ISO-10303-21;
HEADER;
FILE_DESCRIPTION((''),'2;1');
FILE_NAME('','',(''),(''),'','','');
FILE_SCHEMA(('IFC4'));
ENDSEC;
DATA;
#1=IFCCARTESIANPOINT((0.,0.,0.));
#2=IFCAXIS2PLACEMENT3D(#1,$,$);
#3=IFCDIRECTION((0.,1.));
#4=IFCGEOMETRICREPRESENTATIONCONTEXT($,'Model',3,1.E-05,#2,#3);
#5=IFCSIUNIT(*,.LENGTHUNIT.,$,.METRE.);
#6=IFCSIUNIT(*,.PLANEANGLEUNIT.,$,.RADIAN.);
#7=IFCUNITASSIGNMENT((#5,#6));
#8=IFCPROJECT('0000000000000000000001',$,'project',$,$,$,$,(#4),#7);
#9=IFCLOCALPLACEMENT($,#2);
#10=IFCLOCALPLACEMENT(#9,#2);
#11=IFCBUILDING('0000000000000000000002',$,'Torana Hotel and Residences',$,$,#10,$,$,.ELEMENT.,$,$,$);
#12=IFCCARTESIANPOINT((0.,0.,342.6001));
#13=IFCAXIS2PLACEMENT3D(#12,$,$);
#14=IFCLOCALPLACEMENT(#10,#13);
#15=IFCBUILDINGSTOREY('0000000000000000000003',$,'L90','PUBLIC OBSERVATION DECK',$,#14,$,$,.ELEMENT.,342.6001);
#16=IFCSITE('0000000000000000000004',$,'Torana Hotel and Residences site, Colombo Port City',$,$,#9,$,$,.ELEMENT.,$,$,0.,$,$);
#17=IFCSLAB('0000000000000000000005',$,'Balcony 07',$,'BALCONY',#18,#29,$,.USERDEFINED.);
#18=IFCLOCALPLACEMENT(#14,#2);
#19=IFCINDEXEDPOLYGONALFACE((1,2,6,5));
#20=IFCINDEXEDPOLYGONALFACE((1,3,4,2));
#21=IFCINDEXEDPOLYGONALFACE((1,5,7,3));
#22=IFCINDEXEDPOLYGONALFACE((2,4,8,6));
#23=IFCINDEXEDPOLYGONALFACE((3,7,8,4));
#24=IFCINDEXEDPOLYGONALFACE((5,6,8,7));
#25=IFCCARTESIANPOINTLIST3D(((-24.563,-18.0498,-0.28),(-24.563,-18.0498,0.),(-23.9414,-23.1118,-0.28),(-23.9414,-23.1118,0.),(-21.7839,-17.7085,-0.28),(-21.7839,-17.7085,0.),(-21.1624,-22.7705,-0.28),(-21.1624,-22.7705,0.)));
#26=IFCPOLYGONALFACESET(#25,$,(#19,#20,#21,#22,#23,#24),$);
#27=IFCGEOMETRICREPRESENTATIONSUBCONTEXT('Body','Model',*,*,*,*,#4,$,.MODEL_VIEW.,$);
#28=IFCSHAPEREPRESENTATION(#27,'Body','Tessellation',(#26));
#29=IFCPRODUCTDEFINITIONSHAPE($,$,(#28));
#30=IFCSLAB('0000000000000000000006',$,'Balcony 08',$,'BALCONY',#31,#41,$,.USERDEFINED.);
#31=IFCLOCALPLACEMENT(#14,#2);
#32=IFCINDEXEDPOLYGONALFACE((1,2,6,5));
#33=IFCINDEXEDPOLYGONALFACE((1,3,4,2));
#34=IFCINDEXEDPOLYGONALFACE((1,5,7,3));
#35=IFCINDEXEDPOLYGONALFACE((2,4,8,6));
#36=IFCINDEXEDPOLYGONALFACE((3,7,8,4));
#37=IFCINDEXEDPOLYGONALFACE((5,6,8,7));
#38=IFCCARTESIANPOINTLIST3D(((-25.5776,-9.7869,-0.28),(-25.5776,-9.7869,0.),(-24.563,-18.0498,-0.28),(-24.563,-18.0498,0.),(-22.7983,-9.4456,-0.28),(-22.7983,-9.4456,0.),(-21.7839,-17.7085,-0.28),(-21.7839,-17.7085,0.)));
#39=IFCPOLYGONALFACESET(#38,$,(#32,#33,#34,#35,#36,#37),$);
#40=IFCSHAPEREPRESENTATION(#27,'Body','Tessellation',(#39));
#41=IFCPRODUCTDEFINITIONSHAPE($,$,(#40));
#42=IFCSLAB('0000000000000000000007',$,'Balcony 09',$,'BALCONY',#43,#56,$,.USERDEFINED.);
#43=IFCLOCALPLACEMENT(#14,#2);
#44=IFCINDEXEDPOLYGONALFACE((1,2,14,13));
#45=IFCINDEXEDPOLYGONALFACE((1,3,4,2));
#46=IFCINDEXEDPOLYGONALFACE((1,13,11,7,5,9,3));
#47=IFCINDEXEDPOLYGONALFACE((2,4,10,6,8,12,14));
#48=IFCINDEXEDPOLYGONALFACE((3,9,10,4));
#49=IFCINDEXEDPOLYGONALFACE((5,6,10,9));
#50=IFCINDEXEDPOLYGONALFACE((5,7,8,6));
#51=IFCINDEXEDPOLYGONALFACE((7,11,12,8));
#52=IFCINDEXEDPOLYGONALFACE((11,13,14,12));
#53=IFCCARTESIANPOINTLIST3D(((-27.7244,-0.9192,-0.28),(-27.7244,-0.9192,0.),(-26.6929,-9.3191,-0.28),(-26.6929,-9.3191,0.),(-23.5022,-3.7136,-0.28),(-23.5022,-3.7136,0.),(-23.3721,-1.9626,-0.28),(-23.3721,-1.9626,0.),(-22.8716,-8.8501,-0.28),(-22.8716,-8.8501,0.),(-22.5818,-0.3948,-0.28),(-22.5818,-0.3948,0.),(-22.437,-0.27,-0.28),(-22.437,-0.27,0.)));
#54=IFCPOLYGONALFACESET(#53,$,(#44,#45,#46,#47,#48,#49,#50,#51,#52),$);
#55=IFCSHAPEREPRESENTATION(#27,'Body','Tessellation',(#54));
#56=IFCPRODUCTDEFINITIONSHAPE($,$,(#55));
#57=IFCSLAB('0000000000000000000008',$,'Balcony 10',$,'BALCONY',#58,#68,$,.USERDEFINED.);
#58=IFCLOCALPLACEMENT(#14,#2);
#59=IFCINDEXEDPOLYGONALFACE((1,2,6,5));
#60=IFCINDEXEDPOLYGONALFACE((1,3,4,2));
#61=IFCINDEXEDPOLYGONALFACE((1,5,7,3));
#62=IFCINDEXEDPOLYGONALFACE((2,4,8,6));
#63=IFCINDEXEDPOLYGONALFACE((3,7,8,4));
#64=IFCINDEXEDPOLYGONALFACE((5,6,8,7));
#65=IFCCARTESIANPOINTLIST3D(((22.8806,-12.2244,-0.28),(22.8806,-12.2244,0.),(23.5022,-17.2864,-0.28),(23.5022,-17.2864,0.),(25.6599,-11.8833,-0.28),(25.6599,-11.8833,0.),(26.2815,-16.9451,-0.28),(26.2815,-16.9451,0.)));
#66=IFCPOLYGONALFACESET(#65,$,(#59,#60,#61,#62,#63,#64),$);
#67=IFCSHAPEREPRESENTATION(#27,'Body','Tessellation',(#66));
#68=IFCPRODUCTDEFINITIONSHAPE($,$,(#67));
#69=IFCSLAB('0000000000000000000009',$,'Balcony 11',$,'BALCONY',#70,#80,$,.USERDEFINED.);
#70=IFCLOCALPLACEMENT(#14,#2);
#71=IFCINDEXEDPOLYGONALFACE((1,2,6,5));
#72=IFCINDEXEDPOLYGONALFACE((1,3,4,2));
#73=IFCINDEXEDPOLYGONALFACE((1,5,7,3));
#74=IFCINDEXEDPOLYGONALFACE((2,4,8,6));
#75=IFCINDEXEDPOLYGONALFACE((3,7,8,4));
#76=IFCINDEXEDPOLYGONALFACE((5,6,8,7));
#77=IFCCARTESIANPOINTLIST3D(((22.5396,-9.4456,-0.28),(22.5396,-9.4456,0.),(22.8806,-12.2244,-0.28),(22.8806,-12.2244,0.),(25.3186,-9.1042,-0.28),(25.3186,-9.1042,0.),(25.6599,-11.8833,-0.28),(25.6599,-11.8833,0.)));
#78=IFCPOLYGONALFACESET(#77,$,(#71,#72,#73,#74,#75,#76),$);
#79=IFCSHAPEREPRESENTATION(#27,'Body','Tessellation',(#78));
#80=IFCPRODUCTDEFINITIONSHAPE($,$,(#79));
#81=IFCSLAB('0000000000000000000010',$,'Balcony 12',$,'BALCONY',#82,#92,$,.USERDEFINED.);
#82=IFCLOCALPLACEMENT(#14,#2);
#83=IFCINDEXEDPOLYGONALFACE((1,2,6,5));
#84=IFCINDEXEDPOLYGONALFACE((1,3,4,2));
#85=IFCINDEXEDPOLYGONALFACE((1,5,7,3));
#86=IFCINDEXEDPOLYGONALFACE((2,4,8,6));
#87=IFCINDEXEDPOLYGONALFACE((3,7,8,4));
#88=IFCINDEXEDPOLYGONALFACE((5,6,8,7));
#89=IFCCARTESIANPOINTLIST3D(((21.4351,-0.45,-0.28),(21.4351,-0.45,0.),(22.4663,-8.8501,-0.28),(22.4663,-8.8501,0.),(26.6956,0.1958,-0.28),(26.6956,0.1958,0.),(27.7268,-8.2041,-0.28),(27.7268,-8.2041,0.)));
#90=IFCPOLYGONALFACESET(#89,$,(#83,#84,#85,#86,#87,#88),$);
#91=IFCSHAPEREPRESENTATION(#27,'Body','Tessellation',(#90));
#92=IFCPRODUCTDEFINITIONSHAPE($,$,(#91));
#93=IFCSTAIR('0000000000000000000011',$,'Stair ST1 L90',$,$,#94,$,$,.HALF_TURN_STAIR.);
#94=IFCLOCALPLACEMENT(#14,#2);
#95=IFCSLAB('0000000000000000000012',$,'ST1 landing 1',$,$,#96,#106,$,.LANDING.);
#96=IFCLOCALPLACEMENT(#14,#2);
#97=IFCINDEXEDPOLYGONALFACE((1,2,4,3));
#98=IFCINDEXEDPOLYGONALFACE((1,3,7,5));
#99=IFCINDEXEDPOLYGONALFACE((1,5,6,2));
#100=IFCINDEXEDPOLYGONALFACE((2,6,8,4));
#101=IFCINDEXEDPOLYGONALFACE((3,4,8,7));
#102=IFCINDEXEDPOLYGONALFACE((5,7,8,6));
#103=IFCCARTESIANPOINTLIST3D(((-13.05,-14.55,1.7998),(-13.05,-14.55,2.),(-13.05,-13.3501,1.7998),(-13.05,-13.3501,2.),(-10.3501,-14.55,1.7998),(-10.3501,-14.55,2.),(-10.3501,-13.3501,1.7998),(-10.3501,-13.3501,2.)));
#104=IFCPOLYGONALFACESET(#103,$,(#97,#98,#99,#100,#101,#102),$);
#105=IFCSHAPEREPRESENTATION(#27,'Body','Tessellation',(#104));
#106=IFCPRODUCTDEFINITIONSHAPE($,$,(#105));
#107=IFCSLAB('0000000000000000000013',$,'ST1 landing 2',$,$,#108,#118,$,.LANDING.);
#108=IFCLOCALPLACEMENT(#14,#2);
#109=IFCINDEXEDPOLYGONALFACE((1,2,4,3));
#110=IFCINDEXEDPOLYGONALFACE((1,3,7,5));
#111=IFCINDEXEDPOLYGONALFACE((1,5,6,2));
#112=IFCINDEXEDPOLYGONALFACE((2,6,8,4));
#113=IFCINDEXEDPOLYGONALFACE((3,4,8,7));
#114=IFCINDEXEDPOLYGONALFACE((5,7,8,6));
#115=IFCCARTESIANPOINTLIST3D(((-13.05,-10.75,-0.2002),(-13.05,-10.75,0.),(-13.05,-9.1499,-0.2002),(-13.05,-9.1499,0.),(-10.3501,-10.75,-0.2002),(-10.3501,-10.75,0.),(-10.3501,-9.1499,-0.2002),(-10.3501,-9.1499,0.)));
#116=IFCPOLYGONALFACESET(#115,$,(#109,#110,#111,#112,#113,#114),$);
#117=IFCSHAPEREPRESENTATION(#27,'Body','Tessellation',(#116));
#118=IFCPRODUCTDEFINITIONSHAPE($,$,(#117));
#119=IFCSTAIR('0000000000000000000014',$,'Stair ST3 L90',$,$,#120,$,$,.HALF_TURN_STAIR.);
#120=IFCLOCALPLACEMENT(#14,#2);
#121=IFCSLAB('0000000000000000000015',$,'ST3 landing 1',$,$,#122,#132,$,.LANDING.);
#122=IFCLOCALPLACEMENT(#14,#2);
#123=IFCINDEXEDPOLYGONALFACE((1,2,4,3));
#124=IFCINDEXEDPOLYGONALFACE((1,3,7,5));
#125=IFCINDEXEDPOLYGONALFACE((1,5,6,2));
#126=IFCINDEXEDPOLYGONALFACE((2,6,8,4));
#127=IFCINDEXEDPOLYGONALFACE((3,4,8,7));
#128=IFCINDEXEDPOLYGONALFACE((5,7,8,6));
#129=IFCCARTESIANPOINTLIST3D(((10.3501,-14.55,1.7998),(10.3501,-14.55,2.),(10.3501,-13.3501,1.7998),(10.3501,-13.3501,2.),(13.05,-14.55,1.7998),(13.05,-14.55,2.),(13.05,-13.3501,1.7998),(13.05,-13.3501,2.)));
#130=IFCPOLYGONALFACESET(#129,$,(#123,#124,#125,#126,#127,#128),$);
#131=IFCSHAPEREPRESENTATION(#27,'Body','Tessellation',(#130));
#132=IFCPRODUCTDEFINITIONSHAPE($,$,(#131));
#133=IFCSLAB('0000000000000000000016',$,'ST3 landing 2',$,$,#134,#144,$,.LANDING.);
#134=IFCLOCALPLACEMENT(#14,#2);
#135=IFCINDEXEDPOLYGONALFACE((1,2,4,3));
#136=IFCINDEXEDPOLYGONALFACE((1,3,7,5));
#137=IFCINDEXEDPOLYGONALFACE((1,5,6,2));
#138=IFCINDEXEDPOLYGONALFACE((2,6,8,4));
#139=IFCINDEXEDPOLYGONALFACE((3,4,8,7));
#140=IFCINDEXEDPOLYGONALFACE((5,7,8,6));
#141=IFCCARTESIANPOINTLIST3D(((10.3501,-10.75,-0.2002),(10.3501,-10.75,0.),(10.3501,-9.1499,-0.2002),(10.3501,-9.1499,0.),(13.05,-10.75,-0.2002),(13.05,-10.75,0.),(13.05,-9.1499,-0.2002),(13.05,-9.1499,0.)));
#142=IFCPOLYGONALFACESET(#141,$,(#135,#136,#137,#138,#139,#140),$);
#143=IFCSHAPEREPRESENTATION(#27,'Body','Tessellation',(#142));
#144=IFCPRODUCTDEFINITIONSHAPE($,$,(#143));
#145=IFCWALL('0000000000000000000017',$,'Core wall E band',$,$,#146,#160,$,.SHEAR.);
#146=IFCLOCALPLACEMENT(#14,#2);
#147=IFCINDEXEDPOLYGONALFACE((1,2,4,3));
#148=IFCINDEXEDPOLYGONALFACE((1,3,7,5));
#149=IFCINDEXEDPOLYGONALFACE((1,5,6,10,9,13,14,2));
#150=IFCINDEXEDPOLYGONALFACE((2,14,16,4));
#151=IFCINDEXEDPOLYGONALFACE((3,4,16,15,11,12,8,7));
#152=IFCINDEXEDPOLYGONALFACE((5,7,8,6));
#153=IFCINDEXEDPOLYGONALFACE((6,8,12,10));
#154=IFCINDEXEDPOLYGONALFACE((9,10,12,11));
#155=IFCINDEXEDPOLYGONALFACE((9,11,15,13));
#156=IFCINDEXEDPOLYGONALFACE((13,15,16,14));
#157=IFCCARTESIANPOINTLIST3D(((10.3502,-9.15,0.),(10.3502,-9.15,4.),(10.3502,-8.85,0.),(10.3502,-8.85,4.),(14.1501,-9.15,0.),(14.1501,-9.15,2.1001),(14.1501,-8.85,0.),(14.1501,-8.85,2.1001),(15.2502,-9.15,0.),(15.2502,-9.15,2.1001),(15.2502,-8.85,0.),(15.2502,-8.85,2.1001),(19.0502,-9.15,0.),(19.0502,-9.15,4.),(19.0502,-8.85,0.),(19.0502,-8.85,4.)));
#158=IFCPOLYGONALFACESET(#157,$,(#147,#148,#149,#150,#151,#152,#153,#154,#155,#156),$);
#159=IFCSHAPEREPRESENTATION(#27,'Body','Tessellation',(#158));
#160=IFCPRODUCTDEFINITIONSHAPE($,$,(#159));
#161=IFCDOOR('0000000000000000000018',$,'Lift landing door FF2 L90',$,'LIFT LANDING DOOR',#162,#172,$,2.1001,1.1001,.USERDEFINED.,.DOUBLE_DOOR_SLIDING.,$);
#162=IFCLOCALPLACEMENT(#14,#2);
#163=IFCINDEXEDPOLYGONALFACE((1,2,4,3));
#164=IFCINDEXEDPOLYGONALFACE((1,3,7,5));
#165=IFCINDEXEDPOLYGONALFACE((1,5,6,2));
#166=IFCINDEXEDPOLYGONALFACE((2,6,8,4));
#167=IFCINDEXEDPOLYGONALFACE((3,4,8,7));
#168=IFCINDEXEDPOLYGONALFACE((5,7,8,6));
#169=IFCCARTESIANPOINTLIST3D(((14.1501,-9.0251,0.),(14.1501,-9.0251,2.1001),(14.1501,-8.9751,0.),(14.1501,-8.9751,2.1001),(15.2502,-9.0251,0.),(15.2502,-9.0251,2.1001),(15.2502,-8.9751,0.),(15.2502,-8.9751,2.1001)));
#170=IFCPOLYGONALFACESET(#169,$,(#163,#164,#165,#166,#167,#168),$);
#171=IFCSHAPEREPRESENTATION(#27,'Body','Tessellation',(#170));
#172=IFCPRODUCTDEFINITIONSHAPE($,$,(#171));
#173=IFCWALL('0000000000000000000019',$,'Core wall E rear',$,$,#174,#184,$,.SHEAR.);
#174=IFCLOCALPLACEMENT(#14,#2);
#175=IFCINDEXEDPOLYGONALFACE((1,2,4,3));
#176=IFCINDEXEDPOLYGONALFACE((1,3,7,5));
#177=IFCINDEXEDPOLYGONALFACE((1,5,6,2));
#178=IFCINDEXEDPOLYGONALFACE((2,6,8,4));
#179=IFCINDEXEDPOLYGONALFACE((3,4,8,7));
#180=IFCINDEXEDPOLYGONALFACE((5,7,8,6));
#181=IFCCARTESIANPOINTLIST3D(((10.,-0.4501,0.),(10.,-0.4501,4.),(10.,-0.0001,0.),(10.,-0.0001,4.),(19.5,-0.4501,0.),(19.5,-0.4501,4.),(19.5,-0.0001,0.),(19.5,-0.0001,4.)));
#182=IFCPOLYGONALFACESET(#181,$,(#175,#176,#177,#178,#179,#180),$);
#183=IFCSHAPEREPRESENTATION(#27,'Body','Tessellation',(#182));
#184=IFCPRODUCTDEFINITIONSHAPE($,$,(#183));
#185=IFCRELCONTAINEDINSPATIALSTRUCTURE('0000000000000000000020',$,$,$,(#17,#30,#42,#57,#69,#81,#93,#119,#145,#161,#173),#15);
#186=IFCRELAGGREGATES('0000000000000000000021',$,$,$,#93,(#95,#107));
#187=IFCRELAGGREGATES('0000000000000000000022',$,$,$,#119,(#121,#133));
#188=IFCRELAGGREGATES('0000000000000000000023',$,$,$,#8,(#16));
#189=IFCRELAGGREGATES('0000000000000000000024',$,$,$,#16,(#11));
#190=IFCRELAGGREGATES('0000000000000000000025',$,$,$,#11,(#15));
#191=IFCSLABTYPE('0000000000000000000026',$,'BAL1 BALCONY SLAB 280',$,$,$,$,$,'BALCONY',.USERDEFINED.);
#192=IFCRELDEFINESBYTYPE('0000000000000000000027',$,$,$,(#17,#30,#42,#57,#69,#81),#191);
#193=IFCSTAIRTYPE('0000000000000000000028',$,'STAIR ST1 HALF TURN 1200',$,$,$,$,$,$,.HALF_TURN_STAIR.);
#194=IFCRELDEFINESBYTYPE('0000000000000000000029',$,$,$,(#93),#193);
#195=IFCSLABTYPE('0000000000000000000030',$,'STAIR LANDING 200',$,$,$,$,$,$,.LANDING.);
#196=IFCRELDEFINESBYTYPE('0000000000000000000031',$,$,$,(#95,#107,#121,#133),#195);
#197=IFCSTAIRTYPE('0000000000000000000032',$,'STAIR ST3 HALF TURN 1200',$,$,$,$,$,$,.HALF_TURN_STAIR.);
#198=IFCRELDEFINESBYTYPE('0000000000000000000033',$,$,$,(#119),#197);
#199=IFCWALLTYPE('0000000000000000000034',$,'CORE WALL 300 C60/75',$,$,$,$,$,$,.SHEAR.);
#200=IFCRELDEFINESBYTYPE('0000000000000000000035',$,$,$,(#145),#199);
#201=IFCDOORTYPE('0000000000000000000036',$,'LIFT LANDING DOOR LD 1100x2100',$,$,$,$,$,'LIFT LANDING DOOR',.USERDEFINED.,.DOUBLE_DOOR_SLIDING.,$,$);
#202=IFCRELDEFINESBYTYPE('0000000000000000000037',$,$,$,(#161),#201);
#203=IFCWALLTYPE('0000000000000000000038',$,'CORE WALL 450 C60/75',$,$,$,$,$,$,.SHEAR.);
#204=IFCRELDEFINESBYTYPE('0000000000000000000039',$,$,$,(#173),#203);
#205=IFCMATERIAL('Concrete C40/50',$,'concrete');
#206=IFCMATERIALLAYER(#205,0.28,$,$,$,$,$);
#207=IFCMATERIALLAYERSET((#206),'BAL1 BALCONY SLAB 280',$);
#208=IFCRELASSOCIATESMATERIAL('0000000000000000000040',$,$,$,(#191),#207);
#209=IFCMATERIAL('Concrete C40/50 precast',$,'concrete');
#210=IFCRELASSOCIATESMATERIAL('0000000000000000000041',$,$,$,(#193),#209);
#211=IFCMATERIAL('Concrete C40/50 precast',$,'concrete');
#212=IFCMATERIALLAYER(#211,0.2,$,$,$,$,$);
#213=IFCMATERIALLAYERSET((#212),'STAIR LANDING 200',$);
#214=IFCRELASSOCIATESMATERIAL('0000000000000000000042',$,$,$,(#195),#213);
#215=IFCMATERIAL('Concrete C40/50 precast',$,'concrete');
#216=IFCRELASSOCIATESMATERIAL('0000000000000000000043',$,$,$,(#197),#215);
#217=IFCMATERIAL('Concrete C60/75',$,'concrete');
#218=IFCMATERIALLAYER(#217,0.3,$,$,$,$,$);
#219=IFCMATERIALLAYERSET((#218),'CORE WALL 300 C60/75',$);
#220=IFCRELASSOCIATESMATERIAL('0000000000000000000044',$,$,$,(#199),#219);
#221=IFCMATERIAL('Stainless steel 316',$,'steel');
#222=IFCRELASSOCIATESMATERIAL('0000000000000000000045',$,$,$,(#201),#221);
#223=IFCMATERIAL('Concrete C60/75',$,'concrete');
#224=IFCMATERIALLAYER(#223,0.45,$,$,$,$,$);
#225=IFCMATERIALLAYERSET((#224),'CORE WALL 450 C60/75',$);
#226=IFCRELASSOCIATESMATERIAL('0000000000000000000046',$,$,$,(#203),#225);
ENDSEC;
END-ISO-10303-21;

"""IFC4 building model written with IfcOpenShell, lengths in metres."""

from ifc_helpers import new_model, si_unit, direction, frame, frame_2d, origin, place, context, subcontext, project, spatial, polyline, rectangle, outline, extrude, material, layer, layer_set, type_object, element, fill, aggregate, save


model = new_model("IFC4")

# Units and contexts
model_context = context("Model", 3, precision=1e-05, world=origin(), true_north=direction((0.0, 1.0)))
body_context = subcontext(model_context, "Body", "Model", "MODEL_VIEW")
ifc_project = project(units=[si_unit("LENGTHUNIT", "METRE"), si_unit("PLANEANGLEUNIT", "RADIAN")], contexts=[model_context])

# Site, building, storey
site_placement = place(None, origin())
site = spatial("IfcSite", under=ifc_project, at=site_placement, Name="Torana Hotel and Residences site, Colombo Port City", CompositionType="ELEMENT", RefElevation=0.0)
building_placement = place(site_placement, origin())
building = spatial("IfcBuilding", under=site, at=building_placement, Name="Torana Hotel and Residences", CompositionType="ELEMENT")
storey_placement = place(building_placement, frame((0.0, 0.0, 342.6001)))
storey = spatial("IfcBuildingStorey", under=building, at=storey_placement, Name="L90", Description="PUBLIC OBSERVATION DECK", CompositionType="ELEMENT", Elevation=342.6001)

# Slabs
ifc_material_1 = material(Name="Concrete C40/50", Category="concrete")
ifc_layer_1 = layer(ifc_material_1, 0.28)
ifc_layer_set_1 = layer_set([ifc_layer_1], Name="BAL1 BALCONY SLAB 280")
slab_type_1 = type_object("IfcSlabType", Name="BAL1 BALCONY SLAB 280", ElementType="BALCONY", PredefinedType="USERDEFINED", material=ifc_layer_set_1)
slab_1_placement = place(storey_placement, frame((0.0, 0.0, -0.28)))
element("IfcSlab", 1, at=slab_1_placement, inside=storey, type_object=slab_type_1, Name="Balcony 07", ObjectType="BALCONY", PredefinedType="USERDEFINED", context=body_context, shape_type="SweptSolid", body=[
    extrude(outline(polyline([(-23.9414, -23.1118), (-21.1624, -22.7705), (-21.7839, -17.7085), (-24.563, -18.0498), (-23.9414, -23.1118)])), origin(), (0.0, 0.0, 1.0), 0.28),
])
slab_2_placement = place(storey_placement, frame((0.0, 0.0, -0.28)))
element("IfcSlab", 2, at=slab_2_placement, inside=storey, type_object=slab_type_1, Name="Balcony 08", ObjectType="BALCONY", PredefinedType="USERDEFINED", context=body_context, shape_type="SweptSolid", body=[
    extrude(outline(polyline([(-24.563, -18.0498), (-21.7839, -17.7085), (-22.7983, -9.4456), (-25.5776, -9.7869), (-24.563, -18.0498)])), origin(), (0.0, 0.0, 1.0), 0.28),
])
slab_3_placement = place(storey_placement, frame((0.0, 0.0, -0.28)))
element("IfcSlab", 3, at=slab_3_placement, inside=storey, type_object=slab_type_1, Name="Balcony 09", ObjectType="BALCONY", PredefinedType="USERDEFINED", context=body_context, shape_type="SweptSolid", body=[
    extrude(outline(polyline([(-26.6929, -9.3191), (-22.8716, -8.8501), (-23.5022, -3.7136), (-23.3721, -1.9626), (-22.5818, -0.3948), (-22.437, -0.27), (-27.7244, -0.9192), (-26.6929, -9.3191)])), origin(), (0.0, 0.0, 1.0), 0.28),
])
slab_4_placement = place(storey_placement, frame((0.0, 0.0, -0.28)))
element("IfcSlab", 4, at=slab_4_placement, inside=storey, type_object=slab_type_1, Name="Balcony 10", ObjectType="BALCONY", PredefinedType="USERDEFINED", context=body_context, shape_type="SweptSolid", body=[
    extrude(outline(polyline([(23.5022, -17.2864), (26.2815, -16.9451), (25.6599, -11.8833), (22.8806, -12.2244), (23.5022, -17.2864)])), origin(), (0.0, 0.0, 1.0), 0.28),
])
slab_5_placement = place(storey_placement, frame((0.0, 0.0, -0.28)))
element("IfcSlab", 5, at=slab_5_placement, inside=storey, type_object=slab_type_1, Name="Balcony 11", ObjectType="BALCONY", PredefinedType="USERDEFINED", context=body_context, shape_type="SweptSolid", body=[
    extrude(outline(polyline([(22.8806, -12.2244), (25.6599, -11.8833), (25.3186, -9.1042), (22.5396, -9.4456), (22.8806, -12.2244)])), origin(), (0.0, 0.0, 1.0), 0.28),
])
slab_6_placement = place(storey_placement, frame((0.0, 0.0, -0.28)))
element("IfcSlab", 6, at=slab_6_placement, inside=storey, type_object=slab_type_1, Name="Balcony 12", ObjectType="BALCONY", PredefinedType="USERDEFINED", context=body_context, shape_type="SweptSolid", body=[
    extrude(outline(polyline([(22.4663, -8.8501), (27.7268, -8.2041), (26.6956, 0.1958), (21.4351, -0.45), (22.4663, -8.8501)])), origin(), (0.0, 0.0, 1.0), 0.28),
])

# Stairs, slabs
ifc_material_2 = material(Name="Concrete C40/50 precast", Category="concrete")
stair_type_1 = type_object("IfcStairType", Name="STAIR ST1 HALF TURN 1200", PredefinedType="HALF_TURN_STAIR", material=ifc_material_2)
stair_1_placement = place(storey_placement, origin())
stair_1 = element("IfcStair", 7, at=stair_1_placement, inside=storey, type_object=stair_type_1, Name="Stair ST1 L90", PredefinedType="HALF_TURN_STAIR")
ifc_material_3 = material(Name="Concrete C40/50 precast", Category="concrete")
ifc_layer_2 = layer(ifc_material_3, 0.2)
ifc_layer_set_2 = layer_set([ifc_layer_2], Name="STAIR LANDING 200")
slab_type_2 = type_object("IfcSlabType", Name="STAIR LANDING 200", PredefinedType="LANDING", material=ifc_layer_set_2)
slab_7_placement = place(storey_placement, frame((0.0, 0.0, 1.7998)))
slab_7 = element("IfcSlab", 8, at=slab_7_placement, type_object=slab_type_2, Name="ST1 landing 1", PredefinedType="LANDING", context=body_context, shape_type="SweptSolid", body=[
    extrude(outline(polyline([(-13.05, -14.55), (-10.3501, -14.55), (-10.3501, -13.3501), (-13.05, -13.3501), (-13.05, -14.55)])), origin(), (0.0, 0.0, 1.0), 0.2002),
])
slab_8_placement = place(storey_placement, frame((0.0, 0.0, -0.2002)))
slab_8 = element("IfcSlab", 9, at=slab_8_placement, type_object=slab_type_2, Name="ST1 landing 2", PredefinedType="LANDING", context=body_context, shape_type="SweptSolid", body=[
    extrude(outline(polyline([(-13.05, -10.75), (-10.3501, -10.75), (-10.3501, -9.1499), (-13.05, -9.1499), (-13.05, -10.75)])), origin(), (0.0, 0.0, 1.0), 0.2002),
])
aggregate(stair_1, [slab_7, slab_8])
ifc_material_4 = material(Name="Concrete C40/50 precast", Category="concrete")
stair_type_2 = type_object("IfcStairType", Name="STAIR ST3 HALF TURN 1200", PredefinedType="HALF_TURN_STAIR", material=ifc_material_4)
stair_2_placement = place(storey_placement, origin())
stair_2 = element("IfcStair", 10, at=stair_2_placement, inside=storey, type_object=stair_type_2, Name="Stair ST3 L90", PredefinedType="HALF_TURN_STAIR")
slab_9_placement = place(storey_placement, frame((0.0, 0.0, 1.7998)))
slab_9 = element("IfcSlab", 11, at=slab_9_placement, type_object=slab_type_2, Name="ST3 landing 1", PredefinedType="LANDING", context=body_context, shape_type="SweptSolid", body=[
    extrude(outline(polyline([(10.3501, -14.55), (13.05, -14.55), (13.05, -13.3501), (10.3501, -13.3501), (10.3501, -14.55)])), origin(), (0.0, 0.0, 1.0), 0.2002),
])
slab_10_placement = place(storey_placement, frame((0.0, 0.0, -0.2002)))
slab_10 = element("IfcSlab", 12, at=slab_10_placement, type_object=slab_type_2, Name="ST3 landing 2", PredefinedType="LANDING", context=body_context, shape_type="SweptSolid", body=[
    extrude(outline(polyline([(10.3501, -10.75), (13.05, -10.75), (13.05, -9.1499), (10.3501, -9.1499), (10.3501, -10.75)])), origin(), (0.0, 0.0, 1.0), 0.2002),
])
aggregate(stair_2, [slab_9, slab_10])

# Wall, opening, door
ifc_material_5 = material(Name="Concrete C60/75", Category="concrete")
ifc_layer_3 = layer(ifc_material_5, 0.3)
ifc_layer_set_3 = layer_set([ifc_layer_3], Name="CORE WALL 300 C60/75")
wall_type_1 = type_object("IfcWallType", Name="CORE WALL 300 C60/75", PredefinedType="SHEAR", material=ifc_layer_set_3)
wall_1_placement = place(storey_placement, frame((10.3501, -9.0, 0.0), z_axis=(0.0, 0.0, 1.0), x_axis=(1.0, 0.0, 0.0)))
wall_1 = element("IfcWall", 13, at=wall_1_placement, inside=storey, type_object=wall_type_1, Name="Core wall E band", PredefinedType="SHEAR", context=body_context, shape_type="SweptSolid", body=[
    extrude(rectangle(XDim=8.7, YDim=0.3, at=frame_2d((4.3501, 0.0))), origin(), (0.0, 0.0, 1.0), 4.0),
])
opening_placement = place(wall_1_placement, frame((3.8, 0.0, 0.0)))
opening = element("IfcOpeningElement", 14, at=opening_placement, cuts=wall_1, PredefinedType="OPENING", context=body_context, shape_type="SweptSolid", body=[
    extrude(rectangle(XDim=1.1001, YDim=2.1001, at=frame_2d((0.55, 1.05))), frame((0.0, 0.1599, 0.0), z_axis=(0.0, -1.0, 0.0), x_axis=(1.0, 0.0, 0.0)), (0.0, 0.0, 1.0), 0.3201),
])
ifc_material_6 = material(Name="Stainless steel 316", Category="steel")
door_type = type_object("IfcDoorType", Name="LIFT LANDING DOOR LD 1100x2100", ElementType="LIFT LANDING DOOR", OperationType="DOUBLE_DOOR_SLIDING", PredefinedType="USERDEFINED", material=ifc_material_6)
door_placement = place(opening_placement, origin())
door = element("IfcDoor", 15, at=door_placement, inside=storey, type_object=door_type, Name="Lift landing door FF2 L90", ObjectType="LIFT LANDING DOOR", OperationType="DOUBLE_DOOR_SLIDING", OverallHeight=2.1001, OverallWidth=1.1001, PredefinedType="USERDEFINED", context=body_context, shape_type="SweptSolid", body=[
    extrude(rectangle(XDim=1.1001, YDim=2.1001, at=frame_2d((0.55, 1.05))), frame((0.0, 0.0249, 0.0), z_axis=(0.0, -1.0, 0.0), x_axis=(1.0, 0.0, 0.0)), (0.0, 0.0, 1.0), 0.05),
])
fill(opening, door)

# Wall
ifc_material_7 = material(Name="Concrete C60/75", Category="concrete")
ifc_layer_4 = layer(ifc_material_7, 0.45)
ifc_layer_set_4 = layer_set([ifc_layer_4], Name="CORE WALL 450 C60/75")
wall_type_2 = type_object("IfcWallType", Name="CORE WALL 450 C60/75", PredefinedType="SHEAR", material=ifc_layer_set_4)
wall_2_placement = place(storey_placement, frame((10.0, -0.2251, 0.0), z_axis=(0.0, 0.0, 1.0), x_axis=(1.0, 0.0, 0.0)))
element("IfcWall", 16, at=wall_2_placement, inside=storey, type_object=wall_type_2, Name="Core wall E rear", PredefinedType="SHEAR", context=body_context, shape_type="SweptSolid", body=[
    extrude(rectangle(XDim=9.5, YDim=0.45, at=frame_2d((4.75, 0.0))), origin(), (0.0, 0.0, 1.0), 4.0),
])

save(model, "model.ifc")
